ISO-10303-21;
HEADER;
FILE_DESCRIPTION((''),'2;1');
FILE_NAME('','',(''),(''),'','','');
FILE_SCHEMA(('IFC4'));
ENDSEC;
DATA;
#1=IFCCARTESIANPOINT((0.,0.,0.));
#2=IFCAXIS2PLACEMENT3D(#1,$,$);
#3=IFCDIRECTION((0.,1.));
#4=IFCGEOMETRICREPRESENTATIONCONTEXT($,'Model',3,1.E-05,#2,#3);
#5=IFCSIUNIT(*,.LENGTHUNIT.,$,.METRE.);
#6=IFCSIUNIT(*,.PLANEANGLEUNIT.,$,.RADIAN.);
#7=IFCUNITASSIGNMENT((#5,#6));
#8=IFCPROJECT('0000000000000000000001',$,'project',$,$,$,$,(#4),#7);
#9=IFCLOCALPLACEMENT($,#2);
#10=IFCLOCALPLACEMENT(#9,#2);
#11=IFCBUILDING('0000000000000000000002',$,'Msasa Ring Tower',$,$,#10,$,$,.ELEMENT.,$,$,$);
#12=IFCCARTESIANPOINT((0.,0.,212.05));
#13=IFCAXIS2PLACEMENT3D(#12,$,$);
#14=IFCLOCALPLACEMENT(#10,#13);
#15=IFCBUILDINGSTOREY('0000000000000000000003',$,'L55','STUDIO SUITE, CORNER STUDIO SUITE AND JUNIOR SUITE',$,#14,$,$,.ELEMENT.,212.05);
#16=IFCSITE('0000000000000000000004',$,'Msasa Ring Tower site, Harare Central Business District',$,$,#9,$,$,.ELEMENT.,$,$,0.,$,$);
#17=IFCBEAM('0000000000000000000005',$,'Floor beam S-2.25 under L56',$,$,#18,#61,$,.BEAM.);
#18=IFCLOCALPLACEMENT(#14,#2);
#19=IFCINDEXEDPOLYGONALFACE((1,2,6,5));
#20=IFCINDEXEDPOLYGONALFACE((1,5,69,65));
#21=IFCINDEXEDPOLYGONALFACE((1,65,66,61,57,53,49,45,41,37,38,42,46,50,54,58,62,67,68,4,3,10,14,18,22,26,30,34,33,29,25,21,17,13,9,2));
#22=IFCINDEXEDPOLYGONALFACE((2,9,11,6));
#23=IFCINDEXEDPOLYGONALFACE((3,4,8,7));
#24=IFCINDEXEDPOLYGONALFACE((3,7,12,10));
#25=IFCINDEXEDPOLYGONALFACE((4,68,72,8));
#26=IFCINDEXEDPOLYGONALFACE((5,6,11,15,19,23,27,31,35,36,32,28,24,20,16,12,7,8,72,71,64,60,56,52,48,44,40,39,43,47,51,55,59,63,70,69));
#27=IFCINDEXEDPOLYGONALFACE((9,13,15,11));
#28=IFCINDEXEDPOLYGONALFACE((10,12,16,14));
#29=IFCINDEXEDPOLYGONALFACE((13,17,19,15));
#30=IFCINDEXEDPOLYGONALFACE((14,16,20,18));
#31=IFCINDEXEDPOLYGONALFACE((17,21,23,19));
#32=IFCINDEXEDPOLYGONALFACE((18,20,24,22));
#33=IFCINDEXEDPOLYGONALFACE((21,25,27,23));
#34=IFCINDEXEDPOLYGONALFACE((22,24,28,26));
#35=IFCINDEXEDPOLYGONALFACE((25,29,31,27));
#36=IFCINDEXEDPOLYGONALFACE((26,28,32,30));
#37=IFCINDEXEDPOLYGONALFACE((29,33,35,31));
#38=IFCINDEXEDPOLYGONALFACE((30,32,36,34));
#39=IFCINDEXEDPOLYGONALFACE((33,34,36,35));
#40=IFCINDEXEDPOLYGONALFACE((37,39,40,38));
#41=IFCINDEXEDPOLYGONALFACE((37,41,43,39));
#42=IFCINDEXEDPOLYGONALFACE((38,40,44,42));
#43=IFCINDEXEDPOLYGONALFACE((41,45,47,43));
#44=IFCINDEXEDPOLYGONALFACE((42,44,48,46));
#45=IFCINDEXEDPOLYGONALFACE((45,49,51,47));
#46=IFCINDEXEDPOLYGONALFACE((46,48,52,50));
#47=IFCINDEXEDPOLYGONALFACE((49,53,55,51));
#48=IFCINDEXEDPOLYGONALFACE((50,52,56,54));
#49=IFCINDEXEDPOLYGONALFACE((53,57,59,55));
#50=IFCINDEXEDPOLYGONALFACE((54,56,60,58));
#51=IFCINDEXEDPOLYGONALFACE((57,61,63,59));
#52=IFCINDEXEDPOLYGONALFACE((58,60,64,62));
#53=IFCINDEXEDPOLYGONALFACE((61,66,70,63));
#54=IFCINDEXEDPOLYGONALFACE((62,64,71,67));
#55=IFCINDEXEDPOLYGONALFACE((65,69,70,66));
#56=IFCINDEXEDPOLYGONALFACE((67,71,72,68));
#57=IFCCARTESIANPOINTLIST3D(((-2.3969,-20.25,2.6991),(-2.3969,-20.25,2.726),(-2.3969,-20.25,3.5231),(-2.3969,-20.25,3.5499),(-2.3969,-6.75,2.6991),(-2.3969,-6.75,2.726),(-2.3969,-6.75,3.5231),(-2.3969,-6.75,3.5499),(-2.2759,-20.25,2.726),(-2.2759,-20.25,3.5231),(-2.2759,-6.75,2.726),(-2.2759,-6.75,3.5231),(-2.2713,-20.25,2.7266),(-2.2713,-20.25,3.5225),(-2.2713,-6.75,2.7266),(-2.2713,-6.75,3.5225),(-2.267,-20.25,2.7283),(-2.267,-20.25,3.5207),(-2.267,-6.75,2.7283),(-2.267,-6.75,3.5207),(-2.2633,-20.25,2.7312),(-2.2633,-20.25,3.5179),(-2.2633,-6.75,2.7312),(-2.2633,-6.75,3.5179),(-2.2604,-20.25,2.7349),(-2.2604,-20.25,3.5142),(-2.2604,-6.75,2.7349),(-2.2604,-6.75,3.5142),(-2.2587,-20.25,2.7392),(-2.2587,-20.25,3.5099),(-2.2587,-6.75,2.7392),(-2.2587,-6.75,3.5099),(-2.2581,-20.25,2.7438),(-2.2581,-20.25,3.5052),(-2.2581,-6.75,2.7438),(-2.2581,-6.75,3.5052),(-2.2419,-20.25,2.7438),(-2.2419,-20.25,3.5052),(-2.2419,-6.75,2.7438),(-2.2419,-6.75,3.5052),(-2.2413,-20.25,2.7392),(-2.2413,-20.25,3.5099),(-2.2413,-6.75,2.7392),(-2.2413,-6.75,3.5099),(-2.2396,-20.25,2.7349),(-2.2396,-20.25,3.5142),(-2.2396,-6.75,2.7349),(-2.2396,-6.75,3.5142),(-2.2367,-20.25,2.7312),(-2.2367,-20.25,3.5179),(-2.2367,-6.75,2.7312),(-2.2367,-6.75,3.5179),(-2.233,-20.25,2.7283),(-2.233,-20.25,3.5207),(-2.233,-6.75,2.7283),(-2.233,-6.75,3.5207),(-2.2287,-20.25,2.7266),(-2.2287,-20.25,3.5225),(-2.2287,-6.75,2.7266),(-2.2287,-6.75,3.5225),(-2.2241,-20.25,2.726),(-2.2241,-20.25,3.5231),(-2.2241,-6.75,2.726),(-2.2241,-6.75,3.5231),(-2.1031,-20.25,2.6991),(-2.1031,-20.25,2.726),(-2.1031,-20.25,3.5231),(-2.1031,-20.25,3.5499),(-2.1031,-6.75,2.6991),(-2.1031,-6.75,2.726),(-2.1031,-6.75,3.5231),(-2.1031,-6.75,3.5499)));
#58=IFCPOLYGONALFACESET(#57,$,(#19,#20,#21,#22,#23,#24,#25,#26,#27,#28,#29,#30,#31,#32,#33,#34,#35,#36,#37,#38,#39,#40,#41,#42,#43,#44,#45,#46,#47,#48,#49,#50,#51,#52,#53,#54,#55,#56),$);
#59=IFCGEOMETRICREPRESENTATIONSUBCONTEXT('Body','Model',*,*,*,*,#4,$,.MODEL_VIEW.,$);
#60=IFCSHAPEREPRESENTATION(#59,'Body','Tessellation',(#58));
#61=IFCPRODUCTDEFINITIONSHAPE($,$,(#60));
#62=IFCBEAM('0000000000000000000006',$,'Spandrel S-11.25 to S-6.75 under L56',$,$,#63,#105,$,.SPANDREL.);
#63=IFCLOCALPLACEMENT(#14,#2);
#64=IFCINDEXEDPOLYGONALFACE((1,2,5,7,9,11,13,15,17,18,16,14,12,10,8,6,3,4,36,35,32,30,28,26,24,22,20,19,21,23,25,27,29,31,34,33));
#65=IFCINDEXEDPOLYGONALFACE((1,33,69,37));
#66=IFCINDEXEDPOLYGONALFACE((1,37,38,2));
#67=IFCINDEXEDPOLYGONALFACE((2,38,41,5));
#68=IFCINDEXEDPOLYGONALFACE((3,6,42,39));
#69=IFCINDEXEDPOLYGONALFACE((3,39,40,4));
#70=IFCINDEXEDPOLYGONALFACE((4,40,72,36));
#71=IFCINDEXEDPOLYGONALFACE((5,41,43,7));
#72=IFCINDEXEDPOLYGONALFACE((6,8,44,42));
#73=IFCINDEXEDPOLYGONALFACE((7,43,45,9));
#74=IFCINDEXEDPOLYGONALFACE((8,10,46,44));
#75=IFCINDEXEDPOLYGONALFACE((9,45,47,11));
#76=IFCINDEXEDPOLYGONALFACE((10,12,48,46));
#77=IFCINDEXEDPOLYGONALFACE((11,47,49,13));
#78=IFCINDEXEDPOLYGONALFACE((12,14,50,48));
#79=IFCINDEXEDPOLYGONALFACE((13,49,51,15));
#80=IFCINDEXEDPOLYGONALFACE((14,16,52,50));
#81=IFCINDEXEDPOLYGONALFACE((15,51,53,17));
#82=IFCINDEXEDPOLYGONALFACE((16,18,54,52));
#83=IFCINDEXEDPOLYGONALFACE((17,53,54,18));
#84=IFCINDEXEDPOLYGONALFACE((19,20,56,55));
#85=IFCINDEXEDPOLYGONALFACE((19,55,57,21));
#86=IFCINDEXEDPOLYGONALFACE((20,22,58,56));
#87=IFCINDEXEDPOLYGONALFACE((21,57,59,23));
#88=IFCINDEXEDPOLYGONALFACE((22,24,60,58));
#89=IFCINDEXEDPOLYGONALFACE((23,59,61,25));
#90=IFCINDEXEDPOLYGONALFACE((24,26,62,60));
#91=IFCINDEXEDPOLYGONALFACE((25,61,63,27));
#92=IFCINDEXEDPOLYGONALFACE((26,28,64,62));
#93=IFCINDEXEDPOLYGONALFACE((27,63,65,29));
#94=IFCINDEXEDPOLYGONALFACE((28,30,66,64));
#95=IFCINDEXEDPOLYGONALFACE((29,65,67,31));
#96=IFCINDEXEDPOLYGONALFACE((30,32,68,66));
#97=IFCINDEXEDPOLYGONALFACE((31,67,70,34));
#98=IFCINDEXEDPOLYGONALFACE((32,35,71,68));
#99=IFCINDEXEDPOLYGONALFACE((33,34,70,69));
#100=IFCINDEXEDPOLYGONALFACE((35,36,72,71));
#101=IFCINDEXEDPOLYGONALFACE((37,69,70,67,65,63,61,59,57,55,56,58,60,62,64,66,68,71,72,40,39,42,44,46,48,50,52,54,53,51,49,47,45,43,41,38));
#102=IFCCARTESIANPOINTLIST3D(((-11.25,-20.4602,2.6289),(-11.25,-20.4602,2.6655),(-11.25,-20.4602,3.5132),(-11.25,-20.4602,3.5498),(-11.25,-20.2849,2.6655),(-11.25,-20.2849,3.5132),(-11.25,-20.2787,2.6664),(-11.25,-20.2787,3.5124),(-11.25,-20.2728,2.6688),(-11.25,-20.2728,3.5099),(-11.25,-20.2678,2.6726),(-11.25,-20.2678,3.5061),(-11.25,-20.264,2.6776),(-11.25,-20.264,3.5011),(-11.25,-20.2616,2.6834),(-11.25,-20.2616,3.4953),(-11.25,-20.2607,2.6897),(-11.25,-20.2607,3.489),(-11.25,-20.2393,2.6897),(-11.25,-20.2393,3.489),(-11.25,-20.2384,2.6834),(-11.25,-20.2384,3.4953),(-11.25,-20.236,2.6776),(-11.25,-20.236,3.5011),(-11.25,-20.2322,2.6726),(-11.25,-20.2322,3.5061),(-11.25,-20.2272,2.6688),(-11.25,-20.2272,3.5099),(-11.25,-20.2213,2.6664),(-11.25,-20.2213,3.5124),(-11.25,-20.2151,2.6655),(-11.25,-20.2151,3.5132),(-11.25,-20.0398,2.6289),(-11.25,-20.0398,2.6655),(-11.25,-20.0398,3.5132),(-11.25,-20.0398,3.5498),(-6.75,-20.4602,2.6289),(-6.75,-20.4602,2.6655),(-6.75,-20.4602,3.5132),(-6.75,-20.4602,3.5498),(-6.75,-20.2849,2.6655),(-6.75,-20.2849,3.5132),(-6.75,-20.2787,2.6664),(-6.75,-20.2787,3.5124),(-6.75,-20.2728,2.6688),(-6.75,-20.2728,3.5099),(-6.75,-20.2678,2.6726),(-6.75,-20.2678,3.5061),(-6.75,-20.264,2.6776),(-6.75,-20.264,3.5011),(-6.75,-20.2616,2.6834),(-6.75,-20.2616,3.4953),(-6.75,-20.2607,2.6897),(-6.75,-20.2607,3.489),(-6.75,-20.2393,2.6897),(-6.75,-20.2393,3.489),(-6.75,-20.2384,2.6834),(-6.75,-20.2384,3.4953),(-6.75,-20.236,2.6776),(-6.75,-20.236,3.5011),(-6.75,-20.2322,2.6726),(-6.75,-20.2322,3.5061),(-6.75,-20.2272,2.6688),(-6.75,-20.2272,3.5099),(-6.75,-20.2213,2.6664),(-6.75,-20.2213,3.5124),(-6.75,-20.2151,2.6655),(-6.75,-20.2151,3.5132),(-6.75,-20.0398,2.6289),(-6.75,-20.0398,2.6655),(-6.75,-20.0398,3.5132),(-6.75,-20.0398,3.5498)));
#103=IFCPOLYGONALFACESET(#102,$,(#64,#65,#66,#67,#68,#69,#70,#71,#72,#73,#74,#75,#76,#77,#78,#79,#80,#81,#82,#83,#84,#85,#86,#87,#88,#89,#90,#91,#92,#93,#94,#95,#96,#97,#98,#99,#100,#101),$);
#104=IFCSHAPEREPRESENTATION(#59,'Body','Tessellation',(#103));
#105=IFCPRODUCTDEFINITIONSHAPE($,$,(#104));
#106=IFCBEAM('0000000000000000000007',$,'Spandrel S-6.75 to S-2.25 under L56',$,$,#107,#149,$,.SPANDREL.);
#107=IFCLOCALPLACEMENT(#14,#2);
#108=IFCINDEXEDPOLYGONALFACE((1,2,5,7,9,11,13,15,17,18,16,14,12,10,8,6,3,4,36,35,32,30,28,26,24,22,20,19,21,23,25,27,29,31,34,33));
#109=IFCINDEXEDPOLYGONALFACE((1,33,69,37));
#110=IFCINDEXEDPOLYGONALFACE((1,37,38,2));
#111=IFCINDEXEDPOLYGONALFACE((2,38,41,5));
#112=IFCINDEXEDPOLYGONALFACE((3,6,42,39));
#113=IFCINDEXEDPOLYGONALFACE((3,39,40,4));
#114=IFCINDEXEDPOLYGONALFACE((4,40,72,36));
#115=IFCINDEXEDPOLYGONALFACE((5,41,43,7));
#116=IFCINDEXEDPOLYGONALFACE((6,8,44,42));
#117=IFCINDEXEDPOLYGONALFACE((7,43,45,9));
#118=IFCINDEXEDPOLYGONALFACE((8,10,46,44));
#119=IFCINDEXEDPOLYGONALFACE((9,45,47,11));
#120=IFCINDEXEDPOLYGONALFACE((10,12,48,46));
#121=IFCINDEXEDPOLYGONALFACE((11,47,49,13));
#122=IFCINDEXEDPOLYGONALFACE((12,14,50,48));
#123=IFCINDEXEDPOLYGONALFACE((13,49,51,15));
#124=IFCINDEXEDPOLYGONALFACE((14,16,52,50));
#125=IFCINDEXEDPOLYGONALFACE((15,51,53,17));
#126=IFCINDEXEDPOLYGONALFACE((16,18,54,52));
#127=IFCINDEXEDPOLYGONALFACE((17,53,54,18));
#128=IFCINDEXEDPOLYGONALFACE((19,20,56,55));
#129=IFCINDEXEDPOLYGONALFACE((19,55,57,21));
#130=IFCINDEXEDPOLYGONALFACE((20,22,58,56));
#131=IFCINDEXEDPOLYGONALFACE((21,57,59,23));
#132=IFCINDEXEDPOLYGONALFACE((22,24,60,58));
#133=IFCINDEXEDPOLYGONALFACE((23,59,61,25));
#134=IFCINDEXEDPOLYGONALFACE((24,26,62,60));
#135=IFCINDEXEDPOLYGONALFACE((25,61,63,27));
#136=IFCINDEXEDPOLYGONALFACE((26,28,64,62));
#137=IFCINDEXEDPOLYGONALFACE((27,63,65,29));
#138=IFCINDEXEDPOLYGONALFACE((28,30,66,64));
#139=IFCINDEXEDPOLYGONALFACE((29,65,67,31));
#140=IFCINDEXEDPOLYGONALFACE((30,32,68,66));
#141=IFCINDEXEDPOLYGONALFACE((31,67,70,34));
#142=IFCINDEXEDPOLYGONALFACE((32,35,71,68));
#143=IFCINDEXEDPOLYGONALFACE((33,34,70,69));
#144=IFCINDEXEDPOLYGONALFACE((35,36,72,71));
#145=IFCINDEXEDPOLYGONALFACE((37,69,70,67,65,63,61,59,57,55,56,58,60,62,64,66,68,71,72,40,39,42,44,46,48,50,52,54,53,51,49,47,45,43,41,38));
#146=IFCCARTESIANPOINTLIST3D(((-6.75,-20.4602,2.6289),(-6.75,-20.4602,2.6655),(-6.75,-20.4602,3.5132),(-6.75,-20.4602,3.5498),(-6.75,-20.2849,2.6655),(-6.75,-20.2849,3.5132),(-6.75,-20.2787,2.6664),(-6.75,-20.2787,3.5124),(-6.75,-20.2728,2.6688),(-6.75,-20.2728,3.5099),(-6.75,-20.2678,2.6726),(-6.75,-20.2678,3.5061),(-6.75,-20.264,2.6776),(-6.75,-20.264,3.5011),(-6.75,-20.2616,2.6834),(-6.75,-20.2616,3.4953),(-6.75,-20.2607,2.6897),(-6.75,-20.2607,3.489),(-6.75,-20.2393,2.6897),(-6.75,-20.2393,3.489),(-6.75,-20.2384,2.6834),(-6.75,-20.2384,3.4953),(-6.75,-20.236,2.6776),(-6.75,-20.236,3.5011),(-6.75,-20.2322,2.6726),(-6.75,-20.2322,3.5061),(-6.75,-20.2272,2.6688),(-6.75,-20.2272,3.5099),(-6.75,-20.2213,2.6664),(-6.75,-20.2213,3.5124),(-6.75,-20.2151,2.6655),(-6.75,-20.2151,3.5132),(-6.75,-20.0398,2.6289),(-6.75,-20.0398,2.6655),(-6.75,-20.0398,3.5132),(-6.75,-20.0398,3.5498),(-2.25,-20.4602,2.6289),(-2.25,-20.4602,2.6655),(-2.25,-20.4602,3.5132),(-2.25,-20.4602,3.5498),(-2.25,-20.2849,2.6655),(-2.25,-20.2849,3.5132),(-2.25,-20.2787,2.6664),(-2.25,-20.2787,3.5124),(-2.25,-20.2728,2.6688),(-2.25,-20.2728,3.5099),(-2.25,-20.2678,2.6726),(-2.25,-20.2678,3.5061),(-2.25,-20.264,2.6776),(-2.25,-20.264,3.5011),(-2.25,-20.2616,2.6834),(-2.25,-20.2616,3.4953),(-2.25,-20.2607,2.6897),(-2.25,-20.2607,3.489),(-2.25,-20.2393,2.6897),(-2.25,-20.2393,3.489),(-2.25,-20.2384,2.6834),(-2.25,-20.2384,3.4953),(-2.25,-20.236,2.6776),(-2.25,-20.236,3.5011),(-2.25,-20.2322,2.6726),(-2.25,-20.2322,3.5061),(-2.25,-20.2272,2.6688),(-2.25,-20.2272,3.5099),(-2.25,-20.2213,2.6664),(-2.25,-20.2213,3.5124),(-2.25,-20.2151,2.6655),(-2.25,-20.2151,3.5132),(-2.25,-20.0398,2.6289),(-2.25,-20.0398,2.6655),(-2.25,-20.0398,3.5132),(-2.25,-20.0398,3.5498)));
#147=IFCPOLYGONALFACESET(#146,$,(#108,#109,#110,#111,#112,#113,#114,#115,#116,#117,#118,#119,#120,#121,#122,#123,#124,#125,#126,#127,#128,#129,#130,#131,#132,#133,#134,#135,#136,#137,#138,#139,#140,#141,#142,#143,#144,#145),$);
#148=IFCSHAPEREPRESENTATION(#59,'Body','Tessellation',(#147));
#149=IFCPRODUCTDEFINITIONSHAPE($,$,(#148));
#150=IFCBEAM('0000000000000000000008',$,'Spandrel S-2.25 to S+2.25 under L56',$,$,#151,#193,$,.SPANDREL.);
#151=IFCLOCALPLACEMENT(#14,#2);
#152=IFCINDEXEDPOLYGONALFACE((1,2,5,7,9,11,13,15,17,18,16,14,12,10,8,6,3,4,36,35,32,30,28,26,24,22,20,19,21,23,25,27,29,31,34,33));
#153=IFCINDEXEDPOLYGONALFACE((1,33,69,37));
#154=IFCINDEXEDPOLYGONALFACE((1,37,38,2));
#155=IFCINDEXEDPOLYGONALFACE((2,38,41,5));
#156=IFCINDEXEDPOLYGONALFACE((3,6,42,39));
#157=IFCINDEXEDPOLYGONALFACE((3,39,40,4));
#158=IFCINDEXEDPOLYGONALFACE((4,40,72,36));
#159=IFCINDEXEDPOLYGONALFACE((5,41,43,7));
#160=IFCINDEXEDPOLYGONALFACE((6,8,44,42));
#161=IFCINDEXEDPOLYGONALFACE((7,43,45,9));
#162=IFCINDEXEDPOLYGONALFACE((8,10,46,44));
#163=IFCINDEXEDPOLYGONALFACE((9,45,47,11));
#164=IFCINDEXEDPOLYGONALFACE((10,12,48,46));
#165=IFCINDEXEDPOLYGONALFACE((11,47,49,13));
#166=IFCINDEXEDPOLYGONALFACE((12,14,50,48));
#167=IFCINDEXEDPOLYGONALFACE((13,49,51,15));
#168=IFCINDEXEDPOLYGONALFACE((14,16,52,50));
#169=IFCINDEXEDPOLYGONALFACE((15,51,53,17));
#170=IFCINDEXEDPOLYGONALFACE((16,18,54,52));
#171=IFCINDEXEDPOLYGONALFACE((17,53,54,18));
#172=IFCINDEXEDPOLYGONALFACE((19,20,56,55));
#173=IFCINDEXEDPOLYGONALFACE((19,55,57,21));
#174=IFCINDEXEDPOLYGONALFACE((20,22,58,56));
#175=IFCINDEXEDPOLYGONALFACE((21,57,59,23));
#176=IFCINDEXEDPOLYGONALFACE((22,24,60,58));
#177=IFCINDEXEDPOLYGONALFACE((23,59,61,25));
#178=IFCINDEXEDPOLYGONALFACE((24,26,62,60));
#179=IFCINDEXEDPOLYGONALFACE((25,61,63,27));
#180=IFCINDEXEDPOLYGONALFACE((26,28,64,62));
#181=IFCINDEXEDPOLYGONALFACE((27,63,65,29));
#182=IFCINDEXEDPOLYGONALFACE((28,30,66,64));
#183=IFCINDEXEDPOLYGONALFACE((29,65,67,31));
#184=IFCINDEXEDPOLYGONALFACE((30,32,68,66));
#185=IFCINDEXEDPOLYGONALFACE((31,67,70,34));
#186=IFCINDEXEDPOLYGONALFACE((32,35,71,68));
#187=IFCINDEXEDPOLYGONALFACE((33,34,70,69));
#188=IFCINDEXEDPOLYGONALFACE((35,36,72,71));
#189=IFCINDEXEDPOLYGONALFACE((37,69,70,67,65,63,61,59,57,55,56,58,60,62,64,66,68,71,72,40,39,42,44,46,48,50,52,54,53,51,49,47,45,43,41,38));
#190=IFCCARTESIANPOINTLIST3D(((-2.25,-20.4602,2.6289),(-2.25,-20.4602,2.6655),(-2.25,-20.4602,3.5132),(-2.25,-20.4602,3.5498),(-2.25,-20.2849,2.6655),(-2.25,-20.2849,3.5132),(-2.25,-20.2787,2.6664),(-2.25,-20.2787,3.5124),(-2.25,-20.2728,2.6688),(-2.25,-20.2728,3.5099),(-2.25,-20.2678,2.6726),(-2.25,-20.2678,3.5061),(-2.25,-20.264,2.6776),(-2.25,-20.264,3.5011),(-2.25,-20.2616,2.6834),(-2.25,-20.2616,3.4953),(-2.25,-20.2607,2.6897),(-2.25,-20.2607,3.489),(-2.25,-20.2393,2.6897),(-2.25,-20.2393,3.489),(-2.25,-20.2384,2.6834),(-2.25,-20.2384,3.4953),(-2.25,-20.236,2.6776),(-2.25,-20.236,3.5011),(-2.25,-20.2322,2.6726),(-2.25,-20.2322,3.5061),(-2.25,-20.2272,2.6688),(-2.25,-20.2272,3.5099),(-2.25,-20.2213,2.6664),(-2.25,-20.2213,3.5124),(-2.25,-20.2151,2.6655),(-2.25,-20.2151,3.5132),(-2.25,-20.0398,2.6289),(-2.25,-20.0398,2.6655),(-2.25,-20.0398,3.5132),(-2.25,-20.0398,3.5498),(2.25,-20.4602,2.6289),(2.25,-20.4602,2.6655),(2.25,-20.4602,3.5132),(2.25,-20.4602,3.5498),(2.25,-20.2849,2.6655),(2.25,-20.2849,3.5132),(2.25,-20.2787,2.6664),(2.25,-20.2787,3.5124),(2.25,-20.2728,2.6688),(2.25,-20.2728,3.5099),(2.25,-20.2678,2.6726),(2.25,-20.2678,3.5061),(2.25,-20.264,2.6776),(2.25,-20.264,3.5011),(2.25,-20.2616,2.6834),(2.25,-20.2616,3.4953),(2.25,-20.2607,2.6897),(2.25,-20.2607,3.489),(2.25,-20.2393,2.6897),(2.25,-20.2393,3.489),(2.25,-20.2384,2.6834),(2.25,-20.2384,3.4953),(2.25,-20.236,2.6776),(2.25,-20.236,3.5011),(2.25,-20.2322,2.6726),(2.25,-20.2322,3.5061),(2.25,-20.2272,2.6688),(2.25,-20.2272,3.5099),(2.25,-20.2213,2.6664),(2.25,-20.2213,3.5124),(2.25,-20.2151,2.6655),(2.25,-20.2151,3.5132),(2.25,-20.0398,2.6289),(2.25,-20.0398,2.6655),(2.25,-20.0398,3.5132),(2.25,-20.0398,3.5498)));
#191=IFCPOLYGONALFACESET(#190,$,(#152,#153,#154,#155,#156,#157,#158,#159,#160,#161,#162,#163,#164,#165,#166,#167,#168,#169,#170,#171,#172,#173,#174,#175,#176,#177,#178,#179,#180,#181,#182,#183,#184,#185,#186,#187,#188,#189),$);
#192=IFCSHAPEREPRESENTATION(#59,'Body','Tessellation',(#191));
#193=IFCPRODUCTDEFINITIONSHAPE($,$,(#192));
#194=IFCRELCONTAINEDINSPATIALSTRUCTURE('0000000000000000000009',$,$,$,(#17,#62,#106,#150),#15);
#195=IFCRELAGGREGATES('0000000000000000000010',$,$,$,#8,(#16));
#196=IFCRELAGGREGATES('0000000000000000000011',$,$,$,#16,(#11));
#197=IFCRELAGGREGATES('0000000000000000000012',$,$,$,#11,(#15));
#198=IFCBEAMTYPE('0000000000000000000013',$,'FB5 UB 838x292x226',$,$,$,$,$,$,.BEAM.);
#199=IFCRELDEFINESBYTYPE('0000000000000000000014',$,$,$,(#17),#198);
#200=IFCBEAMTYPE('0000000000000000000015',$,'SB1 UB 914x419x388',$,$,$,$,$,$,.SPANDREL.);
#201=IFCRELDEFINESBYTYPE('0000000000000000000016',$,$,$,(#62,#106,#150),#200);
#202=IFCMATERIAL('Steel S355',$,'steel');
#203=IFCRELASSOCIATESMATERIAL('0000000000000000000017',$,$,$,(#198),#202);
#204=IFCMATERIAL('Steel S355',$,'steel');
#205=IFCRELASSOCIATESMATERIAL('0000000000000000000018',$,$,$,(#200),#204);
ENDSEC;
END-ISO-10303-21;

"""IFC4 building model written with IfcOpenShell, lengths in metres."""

from ifc_helpers import new_model, si_unit, direction, frame, origin, origin_2d, place, context, subcontext, project, spatial, i_section, extrude, material, material_profile, profile_set, type_object, element, save


model = new_model("IFC4")

# Units and contexts
model_context = context("Model", 3, precision=1e-05, world=origin(), true_north=direction((0.0, 1.0)))
body_context = subcontext(model_context, "Body", "Model", "MODEL_VIEW")
ifc_project = project(units=[si_unit("LENGTHUNIT", "METRE"), si_unit("PLANEANGLEUNIT", "RADIAN")], contexts=[model_context])

# Site, building, storey
site_placement = place(None, origin())
site = spatial("IfcSite", under=ifc_project, at=site_placement, Name="Msasa Ring Tower site, Harare Central Business District", CompositionType="ELEMENT", RefElevation=0.0)
building_placement = place(site_placement, origin())
building = spatial("IfcBuilding", under=site, at=building_placement, Name="Msasa Ring Tower", CompositionType="ELEMENT")
storey_placement = place(building_placement, frame((0.0, 0.0, 212.05)))
storey = spatial("IfcBuildingStorey", under=building, at=storey_placement, Name="L55", Description="STUDIO SUITE, CORNER STUDIO SUITE AND JUNIOR SUITE", CompositionType="ELEMENT", Elevation=212.05)

# Beams
ifc_material_1 = material(Name="Steel S355", Category="steel")
ifc_material_profile_1 = material_profile(ifc_material_1, i_section(OverallWidth=0.2937, OverallDepth=0.8508, WebThickness=0.0161, FlangeThickness=0.0269, FilletRadius=0.0178, at=origin_2d()), Name="UB 838x292x226")
ifc_profile_set_1 = profile_set([ifc_material_profile_1], Name="Steel S355")
beam_type_1 = type_object("IfcBeamType", Name="FB5 UB 838x292x226", PredefinedType="BEAM", material=ifc_profile_set_1)
for number, where, z_axis, x_axis, name in (
    (1, (-2.25, -20.25, 3.1245), (0.0, 1.0, 0.0), (-1.0, 0.0, 0.0), "Floor beam S-2.25 under L56"),
):
    element("IfcBeam", number, at=place(storey_placement, frame(where, z_axis=z_axis, x_axis=x_axis)), inside=storey, type_object=beam_type_1, Name=name, PredefinedType="BEAM", context=body_context, shape_type="SweptSolid", body=[
        extrude(i_section(OverallWidth=0.2937, OverallDepth=0.8508, WebThickness=0.0161, FlangeThickness=0.0269, FilletRadius=0.0178, at=origin_2d()), origin(), (0.0, 0.0, 1.0), 13.5),
    ])
ifc_material_2 = material(Name="Steel S355", Category="steel")
ifc_material_profile_2 = material_profile(ifc_material_2, i_section(OverallWidth=0.4204, OverallDepth=0.9209, WebThickness=0.0215, FlangeThickness=0.0366, FilletRadius=0.0242, at=origin_2d()), Name="UB 914x419x388")
ifc_profile_set_2 = profile_set([ifc_material_profile_2], Name="Steel S355")
beam_type_2 = type_object("IfcBeamType", Name="SB1 UB 914x419x388", PredefinedType="SPANDREL", material=ifc_profile_set_2)
for number, where, z_axis, x_axis, name in (
    (2, (-11.25, -20.25, 3.0894), (1.0, 0.0, 0.0), (0.0, 1.0, 0.0), "Spandrel S-11.25 to S-6.75 under L56"),
    (3, (-6.75, -20.25, 3.0894), (1.0, 0.0, 0.0), (0.0, 1.0, 0.0), "Spandrel S-6.75 to S-2.25 under L56"),
    (4, (-2.25, -20.25, 3.0894), (1.0, 0.0, 0.0), (0.0, 1.0, 0.0), "Spandrel S-2.25 to S+2.25 under L56"),
):
    element("IfcBeam", number, at=place(storey_placement, frame(where, z_axis=z_axis, x_axis=x_axis)), inside=storey, type_object=beam_type_2, Name=name, PredefinedType="SPANDREL", context=body_context, shape_type="SweptSolid", body=[
        extrude(i_section(OverallWidth=0.4204, OverallDepth=0.9209, WebThickness=0.0215, FlangeThickness=0.0366, FilletRadius=0.0242, at=origin_2d()), origin(), (0.0, 0.0, 1.0), 4.5),
    ])

save(model, "model.ifc")
